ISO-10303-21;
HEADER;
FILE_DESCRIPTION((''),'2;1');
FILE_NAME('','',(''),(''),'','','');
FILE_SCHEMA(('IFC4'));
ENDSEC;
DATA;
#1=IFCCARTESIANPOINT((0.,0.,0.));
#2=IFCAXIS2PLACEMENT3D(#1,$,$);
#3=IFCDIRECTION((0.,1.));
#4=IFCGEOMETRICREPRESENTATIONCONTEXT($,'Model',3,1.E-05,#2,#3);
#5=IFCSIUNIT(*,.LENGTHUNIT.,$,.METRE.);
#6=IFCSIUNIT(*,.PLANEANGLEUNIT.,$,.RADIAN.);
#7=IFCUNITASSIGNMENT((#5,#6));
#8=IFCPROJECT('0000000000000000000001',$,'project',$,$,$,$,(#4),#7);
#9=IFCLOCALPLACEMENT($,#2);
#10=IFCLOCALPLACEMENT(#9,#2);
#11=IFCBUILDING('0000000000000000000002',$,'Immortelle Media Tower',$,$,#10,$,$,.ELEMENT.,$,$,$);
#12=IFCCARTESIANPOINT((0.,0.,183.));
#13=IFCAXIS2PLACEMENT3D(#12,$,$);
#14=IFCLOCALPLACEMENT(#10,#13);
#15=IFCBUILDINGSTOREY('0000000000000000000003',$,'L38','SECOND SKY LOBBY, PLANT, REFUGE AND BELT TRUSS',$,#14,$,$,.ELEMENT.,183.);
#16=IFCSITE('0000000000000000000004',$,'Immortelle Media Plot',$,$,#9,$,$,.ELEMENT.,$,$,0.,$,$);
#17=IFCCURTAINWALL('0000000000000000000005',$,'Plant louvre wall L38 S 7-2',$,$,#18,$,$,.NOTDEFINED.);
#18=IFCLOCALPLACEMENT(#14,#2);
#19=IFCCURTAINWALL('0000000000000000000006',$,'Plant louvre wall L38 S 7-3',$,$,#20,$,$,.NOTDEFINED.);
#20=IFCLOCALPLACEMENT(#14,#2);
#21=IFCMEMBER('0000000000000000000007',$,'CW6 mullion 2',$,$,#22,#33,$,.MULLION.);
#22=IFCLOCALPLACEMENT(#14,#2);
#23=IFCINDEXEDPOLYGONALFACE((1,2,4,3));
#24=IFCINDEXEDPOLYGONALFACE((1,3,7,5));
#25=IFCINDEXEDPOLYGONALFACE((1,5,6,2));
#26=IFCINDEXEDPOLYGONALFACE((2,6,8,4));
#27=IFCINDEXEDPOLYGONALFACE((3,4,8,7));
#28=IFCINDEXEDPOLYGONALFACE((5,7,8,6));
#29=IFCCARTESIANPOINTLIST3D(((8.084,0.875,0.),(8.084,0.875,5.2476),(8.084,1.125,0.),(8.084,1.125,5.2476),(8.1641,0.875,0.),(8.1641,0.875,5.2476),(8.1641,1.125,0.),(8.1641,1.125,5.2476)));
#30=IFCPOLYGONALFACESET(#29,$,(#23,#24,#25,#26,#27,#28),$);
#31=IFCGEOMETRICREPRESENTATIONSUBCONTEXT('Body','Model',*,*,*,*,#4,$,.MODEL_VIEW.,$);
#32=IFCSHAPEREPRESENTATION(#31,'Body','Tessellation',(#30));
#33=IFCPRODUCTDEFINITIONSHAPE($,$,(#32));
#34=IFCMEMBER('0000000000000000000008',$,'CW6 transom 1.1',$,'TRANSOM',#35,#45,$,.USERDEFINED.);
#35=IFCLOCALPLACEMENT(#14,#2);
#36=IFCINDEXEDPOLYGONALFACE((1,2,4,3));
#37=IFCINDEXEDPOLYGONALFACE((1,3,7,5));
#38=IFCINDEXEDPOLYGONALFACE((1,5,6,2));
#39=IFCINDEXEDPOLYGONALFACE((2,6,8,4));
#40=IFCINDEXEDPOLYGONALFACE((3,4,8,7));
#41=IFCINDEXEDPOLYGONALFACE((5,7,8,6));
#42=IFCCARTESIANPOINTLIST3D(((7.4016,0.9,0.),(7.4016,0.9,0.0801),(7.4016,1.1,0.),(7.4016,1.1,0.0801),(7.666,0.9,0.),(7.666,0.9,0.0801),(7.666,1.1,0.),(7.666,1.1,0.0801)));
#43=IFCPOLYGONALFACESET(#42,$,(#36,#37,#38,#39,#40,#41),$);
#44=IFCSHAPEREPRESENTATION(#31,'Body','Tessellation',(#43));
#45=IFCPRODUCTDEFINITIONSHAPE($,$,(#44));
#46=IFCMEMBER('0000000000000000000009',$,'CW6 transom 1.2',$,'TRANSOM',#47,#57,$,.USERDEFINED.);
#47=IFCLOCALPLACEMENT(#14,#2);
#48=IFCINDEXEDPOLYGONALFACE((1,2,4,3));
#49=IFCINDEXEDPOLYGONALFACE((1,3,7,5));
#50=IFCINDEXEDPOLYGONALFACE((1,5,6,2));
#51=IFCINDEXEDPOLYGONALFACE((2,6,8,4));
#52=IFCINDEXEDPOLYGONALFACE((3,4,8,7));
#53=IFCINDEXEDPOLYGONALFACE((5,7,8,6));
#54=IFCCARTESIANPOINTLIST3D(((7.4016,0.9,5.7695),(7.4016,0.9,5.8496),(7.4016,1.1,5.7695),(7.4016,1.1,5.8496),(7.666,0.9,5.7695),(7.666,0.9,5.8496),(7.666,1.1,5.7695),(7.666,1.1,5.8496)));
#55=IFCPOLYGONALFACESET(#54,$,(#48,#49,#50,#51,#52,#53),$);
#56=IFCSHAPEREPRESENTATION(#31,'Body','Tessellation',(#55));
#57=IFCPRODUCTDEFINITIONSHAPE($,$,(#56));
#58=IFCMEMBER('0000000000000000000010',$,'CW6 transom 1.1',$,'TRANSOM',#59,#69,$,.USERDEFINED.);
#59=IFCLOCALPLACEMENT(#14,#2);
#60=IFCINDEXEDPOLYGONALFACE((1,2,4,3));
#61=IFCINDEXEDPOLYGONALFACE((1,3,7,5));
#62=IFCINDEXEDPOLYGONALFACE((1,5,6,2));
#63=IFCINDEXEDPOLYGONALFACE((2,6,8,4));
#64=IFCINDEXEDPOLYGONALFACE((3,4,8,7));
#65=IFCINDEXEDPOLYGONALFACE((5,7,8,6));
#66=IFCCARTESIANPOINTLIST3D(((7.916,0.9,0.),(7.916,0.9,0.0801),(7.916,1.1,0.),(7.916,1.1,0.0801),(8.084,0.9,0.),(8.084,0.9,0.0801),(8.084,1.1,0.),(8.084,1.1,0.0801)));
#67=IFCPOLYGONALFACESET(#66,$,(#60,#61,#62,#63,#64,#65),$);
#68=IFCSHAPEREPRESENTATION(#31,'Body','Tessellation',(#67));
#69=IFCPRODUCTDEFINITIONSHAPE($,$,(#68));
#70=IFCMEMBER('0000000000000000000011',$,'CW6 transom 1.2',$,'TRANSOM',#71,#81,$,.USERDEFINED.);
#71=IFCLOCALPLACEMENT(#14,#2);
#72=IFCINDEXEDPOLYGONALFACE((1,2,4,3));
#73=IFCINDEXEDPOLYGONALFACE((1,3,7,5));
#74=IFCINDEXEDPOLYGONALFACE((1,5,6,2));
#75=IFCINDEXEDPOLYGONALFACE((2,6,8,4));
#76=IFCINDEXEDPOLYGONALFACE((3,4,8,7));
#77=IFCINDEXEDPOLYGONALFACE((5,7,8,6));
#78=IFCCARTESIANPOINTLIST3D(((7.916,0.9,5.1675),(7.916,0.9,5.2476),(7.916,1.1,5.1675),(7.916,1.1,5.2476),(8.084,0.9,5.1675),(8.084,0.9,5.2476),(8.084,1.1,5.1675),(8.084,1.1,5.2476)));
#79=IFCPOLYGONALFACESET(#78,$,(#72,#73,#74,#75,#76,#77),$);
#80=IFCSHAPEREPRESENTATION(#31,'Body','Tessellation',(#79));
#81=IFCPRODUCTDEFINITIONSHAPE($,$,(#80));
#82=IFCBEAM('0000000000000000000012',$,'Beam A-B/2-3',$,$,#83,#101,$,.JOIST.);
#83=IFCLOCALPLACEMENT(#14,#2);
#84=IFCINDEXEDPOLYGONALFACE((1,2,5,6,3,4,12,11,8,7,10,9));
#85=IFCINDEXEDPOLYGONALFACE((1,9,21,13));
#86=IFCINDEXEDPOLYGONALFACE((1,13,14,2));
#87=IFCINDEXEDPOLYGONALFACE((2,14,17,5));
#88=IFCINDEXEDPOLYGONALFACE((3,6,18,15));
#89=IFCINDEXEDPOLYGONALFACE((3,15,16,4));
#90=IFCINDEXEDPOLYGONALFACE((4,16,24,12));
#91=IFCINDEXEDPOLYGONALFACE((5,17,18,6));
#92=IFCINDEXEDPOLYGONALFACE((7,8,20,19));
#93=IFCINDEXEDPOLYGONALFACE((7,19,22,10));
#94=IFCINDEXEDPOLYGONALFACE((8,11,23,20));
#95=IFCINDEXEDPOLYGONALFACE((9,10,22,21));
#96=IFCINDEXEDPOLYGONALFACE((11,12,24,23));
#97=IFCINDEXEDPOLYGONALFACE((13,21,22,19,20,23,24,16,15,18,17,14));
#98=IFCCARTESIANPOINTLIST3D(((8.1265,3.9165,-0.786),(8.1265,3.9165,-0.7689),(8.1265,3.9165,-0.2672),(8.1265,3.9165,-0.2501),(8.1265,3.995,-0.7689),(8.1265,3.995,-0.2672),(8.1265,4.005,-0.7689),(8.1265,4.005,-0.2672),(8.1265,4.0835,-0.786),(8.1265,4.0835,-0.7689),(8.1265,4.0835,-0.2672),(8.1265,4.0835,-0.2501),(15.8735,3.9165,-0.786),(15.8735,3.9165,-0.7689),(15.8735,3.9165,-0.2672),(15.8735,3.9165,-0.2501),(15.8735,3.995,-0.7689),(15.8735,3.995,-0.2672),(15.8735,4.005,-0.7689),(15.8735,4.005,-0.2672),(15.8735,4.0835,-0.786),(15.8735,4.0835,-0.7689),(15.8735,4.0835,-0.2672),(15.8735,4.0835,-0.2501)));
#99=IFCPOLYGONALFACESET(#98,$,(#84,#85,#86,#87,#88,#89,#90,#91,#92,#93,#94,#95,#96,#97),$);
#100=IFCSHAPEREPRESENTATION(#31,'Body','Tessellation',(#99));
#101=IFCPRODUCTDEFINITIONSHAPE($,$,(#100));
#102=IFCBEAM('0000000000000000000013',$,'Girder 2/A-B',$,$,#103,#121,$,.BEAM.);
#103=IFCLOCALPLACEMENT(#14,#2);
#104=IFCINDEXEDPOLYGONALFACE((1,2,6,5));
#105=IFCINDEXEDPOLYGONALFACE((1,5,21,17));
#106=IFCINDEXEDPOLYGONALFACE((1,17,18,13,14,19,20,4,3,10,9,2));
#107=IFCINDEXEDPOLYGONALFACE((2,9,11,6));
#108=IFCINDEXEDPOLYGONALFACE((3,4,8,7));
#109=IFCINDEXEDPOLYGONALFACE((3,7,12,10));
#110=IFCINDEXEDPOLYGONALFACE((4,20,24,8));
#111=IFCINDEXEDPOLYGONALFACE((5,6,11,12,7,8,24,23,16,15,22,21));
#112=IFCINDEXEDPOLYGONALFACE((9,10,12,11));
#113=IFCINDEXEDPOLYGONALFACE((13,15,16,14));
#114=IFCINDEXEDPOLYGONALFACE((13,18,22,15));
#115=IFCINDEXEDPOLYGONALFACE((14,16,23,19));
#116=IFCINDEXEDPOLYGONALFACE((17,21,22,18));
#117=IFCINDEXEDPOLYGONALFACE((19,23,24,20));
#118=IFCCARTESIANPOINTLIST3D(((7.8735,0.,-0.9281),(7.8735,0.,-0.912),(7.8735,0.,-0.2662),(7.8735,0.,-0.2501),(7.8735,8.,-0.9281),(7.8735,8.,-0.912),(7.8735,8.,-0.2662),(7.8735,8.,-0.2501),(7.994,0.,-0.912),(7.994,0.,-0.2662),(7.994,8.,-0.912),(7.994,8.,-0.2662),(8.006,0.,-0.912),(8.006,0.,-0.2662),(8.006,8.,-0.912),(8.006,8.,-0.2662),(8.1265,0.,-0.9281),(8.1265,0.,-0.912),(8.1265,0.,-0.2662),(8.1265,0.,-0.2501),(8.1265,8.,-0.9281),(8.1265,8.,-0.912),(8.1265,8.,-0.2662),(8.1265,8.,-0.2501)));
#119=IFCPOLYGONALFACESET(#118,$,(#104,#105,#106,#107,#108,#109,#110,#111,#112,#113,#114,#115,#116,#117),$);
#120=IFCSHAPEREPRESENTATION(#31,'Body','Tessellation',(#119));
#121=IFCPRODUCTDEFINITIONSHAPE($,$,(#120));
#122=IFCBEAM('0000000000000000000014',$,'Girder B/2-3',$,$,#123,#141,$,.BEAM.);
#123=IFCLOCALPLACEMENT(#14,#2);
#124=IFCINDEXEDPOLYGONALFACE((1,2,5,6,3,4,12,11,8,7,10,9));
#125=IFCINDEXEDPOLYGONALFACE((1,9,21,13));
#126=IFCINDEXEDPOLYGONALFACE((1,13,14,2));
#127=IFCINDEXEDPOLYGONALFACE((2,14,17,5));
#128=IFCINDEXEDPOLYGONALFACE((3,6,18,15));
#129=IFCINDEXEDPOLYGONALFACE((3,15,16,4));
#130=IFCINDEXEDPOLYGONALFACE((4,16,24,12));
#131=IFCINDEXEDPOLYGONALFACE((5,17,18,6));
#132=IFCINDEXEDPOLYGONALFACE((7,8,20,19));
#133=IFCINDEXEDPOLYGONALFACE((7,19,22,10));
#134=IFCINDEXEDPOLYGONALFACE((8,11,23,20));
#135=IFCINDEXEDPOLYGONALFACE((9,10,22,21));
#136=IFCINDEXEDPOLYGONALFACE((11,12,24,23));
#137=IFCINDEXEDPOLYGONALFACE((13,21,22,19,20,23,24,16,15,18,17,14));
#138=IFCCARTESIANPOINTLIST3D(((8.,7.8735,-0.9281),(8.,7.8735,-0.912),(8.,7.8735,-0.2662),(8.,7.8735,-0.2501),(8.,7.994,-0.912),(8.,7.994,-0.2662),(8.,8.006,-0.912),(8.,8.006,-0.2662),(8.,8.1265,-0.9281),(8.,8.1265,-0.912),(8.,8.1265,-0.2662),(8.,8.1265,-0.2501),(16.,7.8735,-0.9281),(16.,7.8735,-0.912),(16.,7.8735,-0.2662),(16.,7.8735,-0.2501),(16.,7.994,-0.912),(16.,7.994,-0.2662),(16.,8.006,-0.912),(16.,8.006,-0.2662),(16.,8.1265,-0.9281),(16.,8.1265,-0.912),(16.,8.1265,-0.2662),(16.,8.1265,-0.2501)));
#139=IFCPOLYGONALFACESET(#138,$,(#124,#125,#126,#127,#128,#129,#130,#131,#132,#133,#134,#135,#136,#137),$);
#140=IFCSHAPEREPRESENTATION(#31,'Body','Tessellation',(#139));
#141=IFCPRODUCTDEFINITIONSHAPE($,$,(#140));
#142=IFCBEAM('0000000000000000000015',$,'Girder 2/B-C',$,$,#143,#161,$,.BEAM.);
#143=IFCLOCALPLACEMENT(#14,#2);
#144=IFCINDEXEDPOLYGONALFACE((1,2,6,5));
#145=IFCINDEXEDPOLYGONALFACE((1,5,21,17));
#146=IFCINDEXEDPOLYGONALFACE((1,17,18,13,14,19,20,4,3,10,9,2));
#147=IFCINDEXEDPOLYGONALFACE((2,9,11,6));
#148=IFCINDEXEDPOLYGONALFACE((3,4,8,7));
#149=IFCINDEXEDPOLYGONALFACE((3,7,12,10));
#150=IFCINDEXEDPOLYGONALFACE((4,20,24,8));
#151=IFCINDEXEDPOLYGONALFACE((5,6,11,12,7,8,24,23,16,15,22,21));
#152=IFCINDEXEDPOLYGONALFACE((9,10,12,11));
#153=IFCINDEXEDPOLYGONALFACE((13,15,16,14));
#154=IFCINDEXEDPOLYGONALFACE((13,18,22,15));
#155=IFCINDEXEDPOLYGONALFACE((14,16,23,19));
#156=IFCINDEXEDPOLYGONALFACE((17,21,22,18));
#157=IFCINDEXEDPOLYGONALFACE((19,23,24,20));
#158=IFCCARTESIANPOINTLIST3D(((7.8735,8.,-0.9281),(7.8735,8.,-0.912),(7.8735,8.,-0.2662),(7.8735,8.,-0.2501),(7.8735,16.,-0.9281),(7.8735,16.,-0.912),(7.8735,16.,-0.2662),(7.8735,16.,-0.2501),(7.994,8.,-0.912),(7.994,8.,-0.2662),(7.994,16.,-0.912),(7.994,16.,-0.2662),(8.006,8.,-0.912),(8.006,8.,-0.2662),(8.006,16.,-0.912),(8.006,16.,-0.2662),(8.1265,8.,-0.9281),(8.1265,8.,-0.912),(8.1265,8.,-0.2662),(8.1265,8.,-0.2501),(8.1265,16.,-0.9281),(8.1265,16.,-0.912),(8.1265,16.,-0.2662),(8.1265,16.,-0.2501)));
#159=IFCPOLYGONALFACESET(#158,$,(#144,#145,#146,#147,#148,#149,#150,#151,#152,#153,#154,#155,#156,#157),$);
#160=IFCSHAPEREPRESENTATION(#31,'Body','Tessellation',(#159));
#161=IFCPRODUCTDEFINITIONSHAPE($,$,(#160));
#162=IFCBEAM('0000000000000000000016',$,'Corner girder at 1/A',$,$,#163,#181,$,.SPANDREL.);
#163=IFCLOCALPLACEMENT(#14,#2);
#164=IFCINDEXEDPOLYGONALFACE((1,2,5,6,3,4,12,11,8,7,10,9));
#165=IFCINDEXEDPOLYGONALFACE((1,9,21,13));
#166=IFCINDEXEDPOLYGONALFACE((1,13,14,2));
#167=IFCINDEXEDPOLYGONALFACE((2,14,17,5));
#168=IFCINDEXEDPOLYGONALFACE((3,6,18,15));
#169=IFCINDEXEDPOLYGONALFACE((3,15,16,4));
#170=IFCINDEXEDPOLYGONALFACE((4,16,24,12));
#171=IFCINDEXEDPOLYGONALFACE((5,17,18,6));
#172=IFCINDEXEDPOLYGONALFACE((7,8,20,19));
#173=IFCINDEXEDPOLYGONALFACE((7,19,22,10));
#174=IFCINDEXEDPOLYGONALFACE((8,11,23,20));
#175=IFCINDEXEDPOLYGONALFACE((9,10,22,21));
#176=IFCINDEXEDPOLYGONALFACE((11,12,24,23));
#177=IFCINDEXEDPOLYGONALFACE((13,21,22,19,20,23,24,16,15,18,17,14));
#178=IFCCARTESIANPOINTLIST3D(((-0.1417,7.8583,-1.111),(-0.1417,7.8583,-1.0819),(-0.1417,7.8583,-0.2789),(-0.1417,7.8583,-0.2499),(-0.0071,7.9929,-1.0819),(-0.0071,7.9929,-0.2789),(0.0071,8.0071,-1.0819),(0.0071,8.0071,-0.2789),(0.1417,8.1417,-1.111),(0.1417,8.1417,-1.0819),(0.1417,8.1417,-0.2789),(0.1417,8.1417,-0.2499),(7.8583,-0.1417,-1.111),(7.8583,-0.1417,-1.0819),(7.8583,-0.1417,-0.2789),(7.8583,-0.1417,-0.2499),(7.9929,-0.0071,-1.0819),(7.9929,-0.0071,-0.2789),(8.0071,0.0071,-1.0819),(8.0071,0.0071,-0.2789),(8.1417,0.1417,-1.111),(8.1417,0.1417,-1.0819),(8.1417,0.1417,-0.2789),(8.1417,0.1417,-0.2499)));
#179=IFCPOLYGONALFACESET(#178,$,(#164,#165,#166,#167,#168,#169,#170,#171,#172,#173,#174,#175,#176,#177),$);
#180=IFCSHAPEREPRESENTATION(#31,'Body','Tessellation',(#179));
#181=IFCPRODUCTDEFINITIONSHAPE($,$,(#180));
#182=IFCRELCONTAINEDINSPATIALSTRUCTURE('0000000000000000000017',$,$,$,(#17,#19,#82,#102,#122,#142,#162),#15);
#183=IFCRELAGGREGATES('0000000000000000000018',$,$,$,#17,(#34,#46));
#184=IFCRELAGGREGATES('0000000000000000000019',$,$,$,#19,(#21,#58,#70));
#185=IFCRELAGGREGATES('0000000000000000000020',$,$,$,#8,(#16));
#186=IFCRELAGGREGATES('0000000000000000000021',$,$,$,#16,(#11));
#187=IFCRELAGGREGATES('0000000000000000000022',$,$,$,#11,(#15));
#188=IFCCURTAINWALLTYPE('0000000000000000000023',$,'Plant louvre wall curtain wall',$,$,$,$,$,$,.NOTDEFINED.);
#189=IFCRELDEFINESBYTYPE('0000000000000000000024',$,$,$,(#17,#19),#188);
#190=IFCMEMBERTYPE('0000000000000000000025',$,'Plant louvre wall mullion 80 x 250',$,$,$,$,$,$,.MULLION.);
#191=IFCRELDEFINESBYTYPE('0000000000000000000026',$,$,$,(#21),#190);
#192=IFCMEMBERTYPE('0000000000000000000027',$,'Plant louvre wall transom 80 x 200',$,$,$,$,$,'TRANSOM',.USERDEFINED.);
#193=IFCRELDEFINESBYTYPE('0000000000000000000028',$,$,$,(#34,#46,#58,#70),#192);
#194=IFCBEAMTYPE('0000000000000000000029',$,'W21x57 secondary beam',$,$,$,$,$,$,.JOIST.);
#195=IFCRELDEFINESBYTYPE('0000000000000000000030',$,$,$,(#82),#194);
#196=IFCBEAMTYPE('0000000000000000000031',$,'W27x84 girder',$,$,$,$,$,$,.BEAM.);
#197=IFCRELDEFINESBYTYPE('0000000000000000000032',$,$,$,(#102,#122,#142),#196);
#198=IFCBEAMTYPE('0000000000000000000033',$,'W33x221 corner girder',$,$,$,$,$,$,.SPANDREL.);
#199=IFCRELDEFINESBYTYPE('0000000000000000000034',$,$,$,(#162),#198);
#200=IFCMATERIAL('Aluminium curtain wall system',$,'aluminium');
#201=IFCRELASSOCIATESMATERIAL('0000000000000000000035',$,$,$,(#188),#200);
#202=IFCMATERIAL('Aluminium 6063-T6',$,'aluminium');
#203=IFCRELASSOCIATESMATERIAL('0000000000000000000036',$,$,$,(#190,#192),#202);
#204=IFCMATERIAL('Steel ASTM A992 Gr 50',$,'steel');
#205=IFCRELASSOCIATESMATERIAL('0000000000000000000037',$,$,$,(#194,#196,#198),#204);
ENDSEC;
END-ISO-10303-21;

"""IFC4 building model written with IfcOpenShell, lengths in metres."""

from ifc_helpers import new_model, si_unit, direction, frame, origin, origin_2d, place, context, subcontext, project, spatial, rectangle, i_section, extrude, material, material_profile, profile_set, type_object, element, aggregate, save


model = new_model("IFC4")

# Units and contexts
model_context = context("Model", 3, precision=1e-05, world=origin(), true_north=direction((0.0, 1.0)))
body_context = subcontext(model_context, "Body", "Model", "MODEL_VIEW")
ifc_project = project(units=[si_unit("LENGTHUNIT", "METRE"), si_unit("PLANEANGLEUNIT", "RADIAN")], contexts=[model_context])

# Site, building, storey
site_placement = place(None, origin())
site = spatial("IfcSite", under=ifc_project, at=site_placement, Name="Immortelle Media Plot", CompositionType="ELEMENT", RefElevation=0.0)
building_placement = place(site_placement, origin())
building = spatial("IfcBuilding", under=site, at=building_placement, Name="Immortelle Media Tower", CompositionType="ELEMENT")
storey_placement = place(building_placement, frame((0.0, 0.0, 183.0)))
storey = spatial("IfcBuildingStorey", under=building, at=storey_placement, Name="L38", Description="SECOND SKY LOBBY, PLANT, REFUGE AND BELT TRUSS", CompositionType="ELEMENT", Elevation=183.0)

# Shared definitions
ifc_material_1 = material(Name="Steel ASTM A992 Gr 50", Category="steel")

# Curtain walls, member
ifc_material_2 = material(Name="Aluminium curtain wall system", Category="aluminium")
curtain_wall_type = type_object("IfcCurtainWallType", Name="Plant louvre wall curtain wall", PredefinedType="NOTDEFINED", material=ifc_material_2)
curtain_wall_1_placement = place(storey_placement, origin())
curtain_wall_1 = element("IfcCurtainWall", 1, at=curtain_wall_1_placement, inside=storey, type_object=curtain_wall_type, Name="Plant louvre wall L38 S 7-2", PredefinedType="NOTDEFINED")
ifc_material_3 = material(Name="Aluminium 6063-T6", Category="aluminium")
ifc_material_profile_1 = material_profile(ifc_material_3, rectangle(XDim=0.25, YDim=0.0801, at=origin_2d()), Name="AL 80x250")
ifc_profile_set_1 = profile_set([ifc_material_profile_1], Name="Aluminium 6063-T6")
member_type_1 = type_object("IfcMemberType", Name="Plant louvre wall mullion 80 x 250", PredefinedType="MULLION", material=ifc_profile_set_1)
curtain_wall_2_placement = place(storey_placement, origin())
curtain_wall_2 = element("IfcCurtainWall", 2, at=curtain_wall_2_placement, inside=storey, type_object=curtain_wall_type, Name="Plant louvre wall L38 S 7-3", PredefinedType="NOTDEFINED")
member_1_placement = place(storey_placement, frame((8.124, 1.0, 0.0), z_axis=(0.0, 0.0, 1.0), x_axis=(0.0, 1.0, 0.0)))
member_1 = element("IfcMember", 3, at=member_1_placement, type_object=member_type_1, Name="CW6 mullion 2", PredefinedType="MULLION", context=body_context, shape_type="SweptSolid", body=[
    extrude(rectangle(XDim=0.25, YDim=0.0801, at=origin_2d()), origin(), (0.0, 0.0, 1.0), 5.2476),
])

# Members
ifc_material_profile_2 = material_profile(ifc_material_3, rectangle(XDim=0.2, YDim=0.0801, at=origin_2d()), Name="AL 80x200")
ifc_profile_set_2 = profile_set([ifc_material_profile_2], Name="Aluminium 6063-T6")
member_type_2 = type_object("IfcMemberType", Name="Plant louvre wall transom 80 x 200", ElementType="TRANSOM", PredefinedType="USERDEFINED", material=ifc_profile_set_2)
member_2_placement = place(storey_placement, frame((7.4016, 1.0, 0.04), z_axis=(1.0, 0.0, 0.0), x_axis=(0.0, 1.0, 0.0)))
member_2 = element("IfcMember", 4, at=member_2_placement, type_object=member_type_2, Name="CW6 transom 1.1", ObjectType="TRANSOM", PredefinedType="USERDEFINED", context=body_context, shape_type="SweptSolid", body=[
    extrude(rectangle(XDim=0.2, YDim=0.0801, at=origin_2d()), origin(), (0.0, 0.0, 1.0), 0.2644),
])
member_3_placement = place(storey_placement, frame((7.4016, 1.0, 5.8096), z_axis=(1.0, 0.0, 0.0), x_axis=(0.0, 1.0, 0.0)))
member_3 = element("IfcMember", 5, at=member_3_placement, type_object=member_type_2, Name="CW6 transom 1.2", ObjectType="TRANSOM", PredefinedType="USERDEFINED", context=body_context, shape_type="SweptSolid", body=[
    extrude(rectangle(XDim=0.2, YDim=0.0801, at=origin_2d()), origin(), (0.0, 0.0, 1.0), 0.2644),
])
member_4_placement = place(storey_placement, frame((7.916, 1.0, 0.04), z_axis=(1.0, 0.0, 0.0), x_axis=(0.0, 1.0, 0.0)))
member_4 = element("IfcMember", 6, at=member_4_placement, type_object=member_type_2, Name="CW6 transom 1.1", ObjectType="TRANSOM", PredefinedType="USERDEFINED", context=body_context, shape_type="SweptSolid", body=[
    extrude(rectangle(XDim=0.2, YDim=0.0801, at=origin_2d()), origin(), (0.0, 0.0, 1.0), 0.168),
])
member_5_placement = place(storey_placement, frame((7.916, 1.0, 5.2075), z_axis=(1.0, 0.0, 0.0), x_axis=(0.0, 1.0, 0.0)))
member_5 = element("IfcMember", 7, at=member_5_placement, type_object=member_type_2, Name="CW6 transom 1.2", ObjectType="TRANSOM", PredefinedType="USERDEFINED", context=body_context, shape_type="SweptSolid", body=[
    extrude(rectangle(XDim=0.2, YDim=0.0801, at=origin_2d()), origin(), (0.0, 0.0, 1.0), 0.168),
])

# Beams
ifc_material_profile_3 = material_profile(ifc_material_1, i_section(OverallWidth=0.167, OverallDepth=0.5359, WebThickness=0.01, FlangeThickness=0.0171, at=origin_2d()), Name="W21x57")
ifc_profile_set_3 = profile_set([ifc_material_profile_3], Name="Steel ASTM A992 Gr 50")
beam_type_1 = type_object("IfcBeamType", Name="W21x57 secondary beam", PredefinedType="JOIST", material=ifc_profile_set_3)
beam_1_placement = place(storey_placement, frame((8.1265, 4.0, -0.5181), z_axis=(1.0, 0.0, 0.0), x_axis=(0.0, 1.0, 0.0)))
element("IfcBeam", 8, at=beam_1_placement, inside=storey, type_object=beam_type_1, Name="Beam A-B/2-3", PredefinedType="JOIST", context=body_context, shape_type="SweptSolid", body=[
    extrude(i_section(OverallWidth=0.167, OverallDepth=0.5359, WebThickness=0.01, FlangeThickness=0.0171, at=origin_2d()), origin(), (0.0, 0.0, 1.0), 7.7471),
])
ifc_material_profile_4 = material_profile(ifc_material_1, i_section(OverallWidth=0.2529, OverallDepth=0.678, WebThickness=0.012, FlangeThickness=0.0161, at=origin_2d()), Name="W27x84")
ifc_profile_set_4 = profile_set([ifc_material_profile_4], Name="Steel ASTM A992 Gr 50")
beam_type_2 = type_object("IfcBeamType", Name="W27x84 girder", PredefinedType="BEAM", material=ifc_profile_set_4)
for number, where, z_axis, x_axis, name in (
    (9, (8.0, 0.0, -0.5891), (0.0, 1.0, 0.0), (-1.0, 0.0, 0.0), "Girder 2/A-B"),
    (10, (8.0, 8.0, -0.5891), (1.0, 0.0, 0.0), (0.0, 1.0, 0.0), "Girder B/2-3"),
    (11, (8.0, 8.0, -0.5891), (0.0, 1.0, 0.0), (-1.0, 0.0, 0.0), "Girder 2/B-C"),
):
    element("IfcBeam", number, at=place(storey_placement, frame(where, z_axis=z_axis, x_axis=x_axis)), inside=storey, type_object=beam_type_2, Name=name, PredefinedType="BEAM", context=body_context, shape_type="SweptSolid", body=[
        extrude(i_section(OverallWidth=0.2529, OverallDepth=0.678, WebThickness=0.012, FlangeThickness=0.0161, at=origin_2d()), origin(), (0.0, 0.0, 1.0), 8.0),
    ])
ifc_material_profile_5 = material_profile(ifc_material_1, i_section(OverallWidth=0.4009, OverallDepth=0.8611, WebThickness=0.02, FlangeThickness=0.0291, at=origin_2d()), Name="W33x221")
ifc_profile_set_5 = profile_set([ifc_material_profile_5], Name="Steel ASTM A992 Gr 50")
beam_type_3 = type_object("IfcBeamType", Name="W33x221 corner girder", PredefinedType="SPANDREL", material=ifc_profile_set_5)
beam_2_placement = place(storey_placement, frame((8.0, 0.0, -0.6804), z_axis=(-0.707107, 0.707107, 0.0), x_axis=(-0.707107, -0.707107, 0.0)))
element("IfcBeam", 12, at=beam_2_placement, inside=storey, type_object=beam_type_3, Name="Corner girder at 1/A", PredefinedType="SPANDREL", context=body_context, shape_type="SweptSolid", body=[
    extrude(i_section(OverallWidth=0.4009, OverallDepth=0.8611, WebThickness=0.02, FlangeThickness=0.0291, at=origin_2d()), origin(), (0.0, 0.0, 1.0), 11.3137),
])

aggregate(curtain_wall_1, [member_2, member_3])
aggregate(curtain_wall_2, [member_1, member_4, member_5])

save(model, "model.ifc")
